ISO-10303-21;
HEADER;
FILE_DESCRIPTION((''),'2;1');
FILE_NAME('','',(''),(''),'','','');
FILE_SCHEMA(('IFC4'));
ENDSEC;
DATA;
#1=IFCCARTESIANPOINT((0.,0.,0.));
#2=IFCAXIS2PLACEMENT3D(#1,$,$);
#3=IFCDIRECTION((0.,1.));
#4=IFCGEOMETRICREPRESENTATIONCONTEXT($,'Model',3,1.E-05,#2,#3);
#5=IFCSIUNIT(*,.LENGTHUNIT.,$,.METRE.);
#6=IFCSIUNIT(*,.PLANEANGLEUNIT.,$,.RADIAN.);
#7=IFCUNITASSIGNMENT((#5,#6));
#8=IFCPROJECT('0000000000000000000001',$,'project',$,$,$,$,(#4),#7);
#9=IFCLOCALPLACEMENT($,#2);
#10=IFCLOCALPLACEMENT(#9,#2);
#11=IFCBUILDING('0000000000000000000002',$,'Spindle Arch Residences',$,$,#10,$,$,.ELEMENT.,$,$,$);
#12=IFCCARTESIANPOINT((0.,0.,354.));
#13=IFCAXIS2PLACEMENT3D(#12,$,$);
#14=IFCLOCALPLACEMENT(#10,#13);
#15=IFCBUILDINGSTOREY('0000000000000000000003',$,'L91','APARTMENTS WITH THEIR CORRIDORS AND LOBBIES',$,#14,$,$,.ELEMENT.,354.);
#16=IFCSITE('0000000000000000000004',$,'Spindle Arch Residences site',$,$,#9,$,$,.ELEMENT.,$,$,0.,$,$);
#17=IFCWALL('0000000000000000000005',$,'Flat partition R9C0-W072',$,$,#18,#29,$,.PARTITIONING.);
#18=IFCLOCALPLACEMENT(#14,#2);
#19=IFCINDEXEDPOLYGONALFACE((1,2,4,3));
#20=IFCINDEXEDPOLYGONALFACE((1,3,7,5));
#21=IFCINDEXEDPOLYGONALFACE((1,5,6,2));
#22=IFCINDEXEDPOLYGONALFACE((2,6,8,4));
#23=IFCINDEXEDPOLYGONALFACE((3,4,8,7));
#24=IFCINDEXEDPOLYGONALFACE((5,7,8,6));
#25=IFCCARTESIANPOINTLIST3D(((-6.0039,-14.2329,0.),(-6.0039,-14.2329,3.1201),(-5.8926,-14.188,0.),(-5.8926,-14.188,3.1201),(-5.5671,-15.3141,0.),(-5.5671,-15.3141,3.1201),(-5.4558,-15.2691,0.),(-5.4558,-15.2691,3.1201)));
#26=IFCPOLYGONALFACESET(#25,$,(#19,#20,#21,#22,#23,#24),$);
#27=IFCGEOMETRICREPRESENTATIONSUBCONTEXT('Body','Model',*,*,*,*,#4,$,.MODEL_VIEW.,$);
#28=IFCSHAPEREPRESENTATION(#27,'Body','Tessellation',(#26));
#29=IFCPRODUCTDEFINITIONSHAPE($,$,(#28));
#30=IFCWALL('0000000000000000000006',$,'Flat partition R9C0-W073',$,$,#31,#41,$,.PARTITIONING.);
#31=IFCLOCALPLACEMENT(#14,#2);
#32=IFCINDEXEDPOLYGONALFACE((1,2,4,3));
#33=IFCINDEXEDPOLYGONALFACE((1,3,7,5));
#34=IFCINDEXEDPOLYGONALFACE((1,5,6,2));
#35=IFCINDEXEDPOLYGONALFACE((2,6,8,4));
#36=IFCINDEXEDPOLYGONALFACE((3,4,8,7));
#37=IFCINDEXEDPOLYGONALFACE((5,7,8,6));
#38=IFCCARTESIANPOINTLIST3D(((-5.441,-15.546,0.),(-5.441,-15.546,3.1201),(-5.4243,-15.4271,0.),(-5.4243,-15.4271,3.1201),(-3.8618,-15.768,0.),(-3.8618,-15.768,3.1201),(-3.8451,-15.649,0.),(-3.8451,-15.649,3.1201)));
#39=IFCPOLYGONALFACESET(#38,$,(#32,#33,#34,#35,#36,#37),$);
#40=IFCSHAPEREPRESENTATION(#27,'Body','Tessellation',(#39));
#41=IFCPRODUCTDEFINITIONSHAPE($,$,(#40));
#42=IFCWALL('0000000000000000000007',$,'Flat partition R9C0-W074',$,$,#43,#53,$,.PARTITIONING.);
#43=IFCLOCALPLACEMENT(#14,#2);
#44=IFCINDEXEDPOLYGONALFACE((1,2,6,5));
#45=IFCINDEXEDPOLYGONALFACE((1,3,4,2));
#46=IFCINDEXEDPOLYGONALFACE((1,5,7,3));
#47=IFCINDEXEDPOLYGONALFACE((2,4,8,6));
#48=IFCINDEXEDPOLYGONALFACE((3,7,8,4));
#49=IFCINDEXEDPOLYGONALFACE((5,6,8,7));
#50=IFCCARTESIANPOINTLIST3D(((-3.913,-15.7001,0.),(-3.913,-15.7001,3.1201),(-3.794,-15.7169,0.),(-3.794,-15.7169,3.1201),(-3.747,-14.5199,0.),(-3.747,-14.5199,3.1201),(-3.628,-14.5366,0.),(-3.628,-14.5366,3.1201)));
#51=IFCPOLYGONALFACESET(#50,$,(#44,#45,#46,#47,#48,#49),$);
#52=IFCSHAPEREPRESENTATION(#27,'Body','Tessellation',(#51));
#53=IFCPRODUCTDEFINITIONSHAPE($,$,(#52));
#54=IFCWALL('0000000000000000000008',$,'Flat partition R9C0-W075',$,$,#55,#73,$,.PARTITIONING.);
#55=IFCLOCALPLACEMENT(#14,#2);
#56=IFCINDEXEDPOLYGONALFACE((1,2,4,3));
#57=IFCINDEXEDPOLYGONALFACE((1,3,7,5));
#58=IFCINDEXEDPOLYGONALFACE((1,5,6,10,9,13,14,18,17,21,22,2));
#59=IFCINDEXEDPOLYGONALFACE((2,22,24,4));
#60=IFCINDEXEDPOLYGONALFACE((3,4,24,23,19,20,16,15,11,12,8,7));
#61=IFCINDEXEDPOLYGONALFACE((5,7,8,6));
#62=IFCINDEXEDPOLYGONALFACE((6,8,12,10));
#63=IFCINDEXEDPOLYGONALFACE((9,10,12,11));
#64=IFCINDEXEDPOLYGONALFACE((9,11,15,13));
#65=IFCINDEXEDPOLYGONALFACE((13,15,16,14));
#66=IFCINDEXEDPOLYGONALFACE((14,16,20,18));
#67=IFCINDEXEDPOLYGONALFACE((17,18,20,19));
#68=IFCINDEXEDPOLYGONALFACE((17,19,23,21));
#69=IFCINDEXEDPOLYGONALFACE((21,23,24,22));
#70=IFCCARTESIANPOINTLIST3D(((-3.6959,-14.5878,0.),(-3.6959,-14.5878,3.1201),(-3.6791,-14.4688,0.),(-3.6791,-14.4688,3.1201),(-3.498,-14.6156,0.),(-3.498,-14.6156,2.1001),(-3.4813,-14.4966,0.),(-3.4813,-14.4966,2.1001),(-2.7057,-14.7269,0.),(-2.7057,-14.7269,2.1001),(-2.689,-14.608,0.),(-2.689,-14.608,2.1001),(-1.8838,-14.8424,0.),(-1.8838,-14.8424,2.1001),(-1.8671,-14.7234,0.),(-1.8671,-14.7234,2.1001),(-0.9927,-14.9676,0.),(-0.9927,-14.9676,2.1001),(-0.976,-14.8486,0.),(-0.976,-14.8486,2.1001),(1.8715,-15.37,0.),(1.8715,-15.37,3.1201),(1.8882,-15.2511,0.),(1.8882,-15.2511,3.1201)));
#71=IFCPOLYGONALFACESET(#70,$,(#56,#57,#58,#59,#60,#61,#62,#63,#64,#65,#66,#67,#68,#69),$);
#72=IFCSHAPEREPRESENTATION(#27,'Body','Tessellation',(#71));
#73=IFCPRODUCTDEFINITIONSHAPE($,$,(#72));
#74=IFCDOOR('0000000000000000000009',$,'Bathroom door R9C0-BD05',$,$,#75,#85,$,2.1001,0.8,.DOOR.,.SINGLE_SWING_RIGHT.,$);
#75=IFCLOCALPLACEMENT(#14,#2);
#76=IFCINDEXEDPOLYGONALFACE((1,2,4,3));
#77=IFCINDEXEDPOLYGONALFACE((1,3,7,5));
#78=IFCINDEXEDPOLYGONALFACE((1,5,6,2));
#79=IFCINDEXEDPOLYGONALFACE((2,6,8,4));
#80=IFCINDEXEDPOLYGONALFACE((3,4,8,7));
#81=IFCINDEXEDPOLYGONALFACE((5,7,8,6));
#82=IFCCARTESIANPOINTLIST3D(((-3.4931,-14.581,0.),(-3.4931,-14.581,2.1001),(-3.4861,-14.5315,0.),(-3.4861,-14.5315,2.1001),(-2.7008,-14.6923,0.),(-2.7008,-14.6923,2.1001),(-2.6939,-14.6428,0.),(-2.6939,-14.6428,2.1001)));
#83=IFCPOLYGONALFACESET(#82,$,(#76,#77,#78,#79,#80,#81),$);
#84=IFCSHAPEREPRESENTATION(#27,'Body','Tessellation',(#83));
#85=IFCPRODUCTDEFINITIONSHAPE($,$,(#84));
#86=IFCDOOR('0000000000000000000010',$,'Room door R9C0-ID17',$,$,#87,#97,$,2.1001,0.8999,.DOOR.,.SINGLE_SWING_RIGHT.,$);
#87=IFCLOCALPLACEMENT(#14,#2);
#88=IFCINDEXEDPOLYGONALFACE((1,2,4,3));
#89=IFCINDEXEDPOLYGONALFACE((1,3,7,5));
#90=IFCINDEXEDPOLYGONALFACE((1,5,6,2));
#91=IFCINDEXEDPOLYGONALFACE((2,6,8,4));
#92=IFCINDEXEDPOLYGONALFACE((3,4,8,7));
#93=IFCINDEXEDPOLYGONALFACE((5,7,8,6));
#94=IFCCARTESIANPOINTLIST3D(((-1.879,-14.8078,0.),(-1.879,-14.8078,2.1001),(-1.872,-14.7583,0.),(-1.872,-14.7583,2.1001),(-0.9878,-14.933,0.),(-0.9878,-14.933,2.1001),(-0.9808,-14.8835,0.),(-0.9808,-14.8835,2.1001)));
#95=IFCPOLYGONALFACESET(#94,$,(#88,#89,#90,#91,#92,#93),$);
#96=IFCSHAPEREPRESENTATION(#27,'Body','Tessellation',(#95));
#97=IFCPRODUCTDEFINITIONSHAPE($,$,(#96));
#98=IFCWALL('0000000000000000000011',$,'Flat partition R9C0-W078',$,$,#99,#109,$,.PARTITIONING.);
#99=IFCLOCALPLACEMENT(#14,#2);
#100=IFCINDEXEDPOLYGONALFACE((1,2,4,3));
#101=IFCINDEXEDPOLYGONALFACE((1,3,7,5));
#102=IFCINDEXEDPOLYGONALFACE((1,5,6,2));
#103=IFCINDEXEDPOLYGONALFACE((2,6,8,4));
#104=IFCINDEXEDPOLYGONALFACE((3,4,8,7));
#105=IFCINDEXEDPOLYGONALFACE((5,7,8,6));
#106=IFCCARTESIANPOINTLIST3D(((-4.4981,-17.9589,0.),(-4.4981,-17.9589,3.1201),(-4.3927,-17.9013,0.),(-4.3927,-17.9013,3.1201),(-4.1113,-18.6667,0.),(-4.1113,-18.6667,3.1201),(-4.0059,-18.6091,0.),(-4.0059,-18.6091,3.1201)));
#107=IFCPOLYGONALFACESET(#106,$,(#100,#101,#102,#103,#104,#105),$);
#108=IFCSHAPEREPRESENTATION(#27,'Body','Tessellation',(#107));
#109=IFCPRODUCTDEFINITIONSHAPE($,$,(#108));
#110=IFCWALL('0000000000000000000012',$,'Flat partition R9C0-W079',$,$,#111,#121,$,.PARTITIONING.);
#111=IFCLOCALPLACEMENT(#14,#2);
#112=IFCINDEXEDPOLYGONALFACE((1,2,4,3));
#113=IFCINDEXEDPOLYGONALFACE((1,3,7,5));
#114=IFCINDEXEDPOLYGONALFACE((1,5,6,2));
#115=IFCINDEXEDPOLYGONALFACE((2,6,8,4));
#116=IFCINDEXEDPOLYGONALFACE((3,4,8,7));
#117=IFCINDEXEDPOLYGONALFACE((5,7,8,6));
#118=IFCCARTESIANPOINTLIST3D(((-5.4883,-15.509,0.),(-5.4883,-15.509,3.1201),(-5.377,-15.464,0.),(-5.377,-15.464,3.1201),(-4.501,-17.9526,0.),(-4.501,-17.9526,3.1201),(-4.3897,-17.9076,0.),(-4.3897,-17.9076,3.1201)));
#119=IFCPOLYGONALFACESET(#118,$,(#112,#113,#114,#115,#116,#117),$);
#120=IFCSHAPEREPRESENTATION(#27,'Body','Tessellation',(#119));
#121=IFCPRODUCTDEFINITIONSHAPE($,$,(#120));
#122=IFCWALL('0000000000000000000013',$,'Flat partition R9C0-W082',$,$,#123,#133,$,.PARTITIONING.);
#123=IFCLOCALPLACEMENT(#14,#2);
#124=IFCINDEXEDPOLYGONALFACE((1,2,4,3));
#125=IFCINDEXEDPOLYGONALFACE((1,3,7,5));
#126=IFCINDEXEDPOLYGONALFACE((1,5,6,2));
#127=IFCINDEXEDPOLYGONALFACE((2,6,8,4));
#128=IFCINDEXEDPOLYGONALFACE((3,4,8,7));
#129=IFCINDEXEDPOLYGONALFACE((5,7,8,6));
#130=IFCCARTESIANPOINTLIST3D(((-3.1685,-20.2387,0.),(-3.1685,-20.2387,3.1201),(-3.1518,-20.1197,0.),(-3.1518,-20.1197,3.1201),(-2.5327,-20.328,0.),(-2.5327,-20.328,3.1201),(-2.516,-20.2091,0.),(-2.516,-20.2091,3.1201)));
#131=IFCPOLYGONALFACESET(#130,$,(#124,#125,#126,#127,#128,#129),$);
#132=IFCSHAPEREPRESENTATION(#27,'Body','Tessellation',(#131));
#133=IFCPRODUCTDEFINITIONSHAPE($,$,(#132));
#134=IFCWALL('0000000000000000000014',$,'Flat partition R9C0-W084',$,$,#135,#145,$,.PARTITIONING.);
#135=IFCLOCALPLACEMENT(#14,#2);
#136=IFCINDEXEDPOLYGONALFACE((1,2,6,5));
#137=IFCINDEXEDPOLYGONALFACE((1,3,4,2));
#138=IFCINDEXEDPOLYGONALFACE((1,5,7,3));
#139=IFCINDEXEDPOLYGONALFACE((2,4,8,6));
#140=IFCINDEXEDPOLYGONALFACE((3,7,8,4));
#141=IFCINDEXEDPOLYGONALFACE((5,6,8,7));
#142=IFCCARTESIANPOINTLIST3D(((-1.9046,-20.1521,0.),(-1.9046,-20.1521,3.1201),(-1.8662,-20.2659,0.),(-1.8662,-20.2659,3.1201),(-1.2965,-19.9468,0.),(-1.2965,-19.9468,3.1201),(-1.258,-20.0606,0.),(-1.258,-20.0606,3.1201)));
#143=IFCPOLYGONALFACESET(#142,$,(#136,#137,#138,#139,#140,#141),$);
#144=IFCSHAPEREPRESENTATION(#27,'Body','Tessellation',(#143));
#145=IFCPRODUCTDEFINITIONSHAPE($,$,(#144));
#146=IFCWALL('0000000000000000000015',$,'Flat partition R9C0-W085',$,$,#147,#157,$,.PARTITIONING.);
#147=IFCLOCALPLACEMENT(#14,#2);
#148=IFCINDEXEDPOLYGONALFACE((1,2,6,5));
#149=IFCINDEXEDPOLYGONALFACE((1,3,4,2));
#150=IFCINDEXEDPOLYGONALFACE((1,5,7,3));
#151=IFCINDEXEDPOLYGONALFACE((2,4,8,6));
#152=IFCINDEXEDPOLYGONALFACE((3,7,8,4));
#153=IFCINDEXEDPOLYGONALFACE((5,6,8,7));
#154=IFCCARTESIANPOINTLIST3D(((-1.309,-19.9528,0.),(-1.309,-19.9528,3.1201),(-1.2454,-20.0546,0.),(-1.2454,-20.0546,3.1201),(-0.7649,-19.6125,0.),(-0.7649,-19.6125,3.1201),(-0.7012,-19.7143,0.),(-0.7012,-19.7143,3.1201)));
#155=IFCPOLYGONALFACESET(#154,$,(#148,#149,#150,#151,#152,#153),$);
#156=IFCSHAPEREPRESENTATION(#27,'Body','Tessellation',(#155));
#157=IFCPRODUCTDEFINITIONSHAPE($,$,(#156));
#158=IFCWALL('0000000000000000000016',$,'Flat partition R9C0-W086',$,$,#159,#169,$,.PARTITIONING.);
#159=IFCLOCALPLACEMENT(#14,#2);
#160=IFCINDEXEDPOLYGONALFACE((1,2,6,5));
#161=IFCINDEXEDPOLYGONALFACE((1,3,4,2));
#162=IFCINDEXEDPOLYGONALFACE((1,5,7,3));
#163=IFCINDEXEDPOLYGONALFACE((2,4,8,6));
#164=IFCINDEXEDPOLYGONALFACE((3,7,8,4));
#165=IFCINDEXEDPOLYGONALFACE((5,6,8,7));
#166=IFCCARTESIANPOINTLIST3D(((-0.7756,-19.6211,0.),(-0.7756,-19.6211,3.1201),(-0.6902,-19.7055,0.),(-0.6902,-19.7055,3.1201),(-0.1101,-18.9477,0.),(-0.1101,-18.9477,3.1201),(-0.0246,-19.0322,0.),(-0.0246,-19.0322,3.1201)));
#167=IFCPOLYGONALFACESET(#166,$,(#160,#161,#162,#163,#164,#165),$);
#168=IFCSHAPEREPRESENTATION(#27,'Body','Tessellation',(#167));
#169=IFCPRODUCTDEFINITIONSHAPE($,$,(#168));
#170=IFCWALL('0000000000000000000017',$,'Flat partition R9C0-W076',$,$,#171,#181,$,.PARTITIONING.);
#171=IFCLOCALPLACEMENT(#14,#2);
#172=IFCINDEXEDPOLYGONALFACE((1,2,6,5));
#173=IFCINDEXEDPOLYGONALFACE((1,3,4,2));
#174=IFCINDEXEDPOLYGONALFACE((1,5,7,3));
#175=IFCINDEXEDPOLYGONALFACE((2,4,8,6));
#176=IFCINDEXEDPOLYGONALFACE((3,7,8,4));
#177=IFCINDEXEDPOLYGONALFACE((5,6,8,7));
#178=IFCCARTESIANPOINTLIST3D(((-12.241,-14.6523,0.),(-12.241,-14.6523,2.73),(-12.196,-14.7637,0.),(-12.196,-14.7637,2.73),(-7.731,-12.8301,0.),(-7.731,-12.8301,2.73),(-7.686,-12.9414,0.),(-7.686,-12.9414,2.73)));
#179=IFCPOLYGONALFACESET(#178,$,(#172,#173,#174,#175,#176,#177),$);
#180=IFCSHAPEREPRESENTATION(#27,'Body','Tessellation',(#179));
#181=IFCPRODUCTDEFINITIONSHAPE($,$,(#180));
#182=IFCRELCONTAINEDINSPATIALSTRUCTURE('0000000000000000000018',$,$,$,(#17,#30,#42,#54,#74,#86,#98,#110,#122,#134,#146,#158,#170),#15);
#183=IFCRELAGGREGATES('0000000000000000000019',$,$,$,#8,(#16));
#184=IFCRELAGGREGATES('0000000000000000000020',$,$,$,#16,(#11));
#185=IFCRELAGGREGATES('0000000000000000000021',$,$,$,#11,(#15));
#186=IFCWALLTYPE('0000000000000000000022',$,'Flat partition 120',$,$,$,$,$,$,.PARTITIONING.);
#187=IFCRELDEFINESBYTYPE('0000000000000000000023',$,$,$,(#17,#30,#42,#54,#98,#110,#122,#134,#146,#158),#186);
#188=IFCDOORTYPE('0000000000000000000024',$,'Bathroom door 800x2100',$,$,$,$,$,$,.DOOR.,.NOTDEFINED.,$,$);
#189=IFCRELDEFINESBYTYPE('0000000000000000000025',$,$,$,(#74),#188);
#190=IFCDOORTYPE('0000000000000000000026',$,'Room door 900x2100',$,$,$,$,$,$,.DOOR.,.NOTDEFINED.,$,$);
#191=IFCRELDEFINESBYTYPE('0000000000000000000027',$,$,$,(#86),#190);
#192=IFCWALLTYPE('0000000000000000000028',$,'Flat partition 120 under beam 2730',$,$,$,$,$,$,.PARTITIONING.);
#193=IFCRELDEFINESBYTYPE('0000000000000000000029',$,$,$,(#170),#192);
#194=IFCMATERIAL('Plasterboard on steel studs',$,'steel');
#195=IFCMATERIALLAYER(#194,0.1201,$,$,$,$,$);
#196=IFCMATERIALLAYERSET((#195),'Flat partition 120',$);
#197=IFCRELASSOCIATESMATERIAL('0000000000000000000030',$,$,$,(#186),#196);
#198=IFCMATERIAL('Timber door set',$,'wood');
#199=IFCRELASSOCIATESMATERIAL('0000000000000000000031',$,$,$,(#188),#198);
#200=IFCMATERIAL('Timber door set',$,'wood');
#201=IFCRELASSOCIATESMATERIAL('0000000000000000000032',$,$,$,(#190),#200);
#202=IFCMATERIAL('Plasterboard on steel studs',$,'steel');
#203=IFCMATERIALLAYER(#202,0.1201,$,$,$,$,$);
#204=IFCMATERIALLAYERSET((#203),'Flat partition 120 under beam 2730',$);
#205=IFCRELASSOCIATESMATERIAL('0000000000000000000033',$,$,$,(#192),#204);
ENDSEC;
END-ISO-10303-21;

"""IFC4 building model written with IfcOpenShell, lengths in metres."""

from ifc_helpers import new_model, si_unit, direction, frame, frame_2d, origin, place, context, subcontext, project, spatial, rectangle, extrude, material, layer, layer_set, type_object, element, fill, save


model = new_model("IFC4")

# Units and contexts
model_context = context("Model", 3, precision=1e-05, world=origin(), true_north=direction((0.0, 1.0)))
body_context = subcontext(model_context, "Body", "Model", "MODEL_VIEW")
ifc_project = project(units=[si_unit("LENGTHUNIT", "METRE"), si_unit("PLANEANGLEUNIT", "RADIAN")], contexts=[model_context])

# Site, building, storey
site_placement = place(None, origin())
site = spatial("IfcSite", under=ifc_project, at=site_placement, Name="Spindle Arch Residences site", CompositionType="ELEMENT", RefElevation=0.0)
building_placement = place(site_placement, origin())
building = spatial("IfcBuilding", under=site, at=building_placement, Name="Spindle Arch Residences", CompositionType="ELEMENT")
storey_placement = place(building_placement, frame((0.0, 0.0, 354.0)))
storey = spatial("IfcBuildingStorey", under=building, at=storey_placement, Name="L91", Description="APARTMENTS WITH THEIR CORRIDORS AND LOBBIES", CompositionType="ELEMENT", Elevation=354.0)

# Walls
ifc_material_1 = material(Name="Plasterboard on steel studs", Category="steel")
ifc_layer_1 = layer(ifc_material_1, 0.1201)
ifc_layer_set_1 = layer_set([ifc_layer_1], Name="Flat partition 120")
wall_type_1 = type_object("IfcWallType", Name="Flat partition 120", PredefinedType="PARTITIONING", material=ifc_layer_set_1)
wall_1_placement = place(storey_placement, frame((-5.9482, -14.2104, 0.0), z_axis=(0.0, 0.0, 1.0), x_axis=(0.374602, -0.927186, 0.0)))
element("IfcWall", 1, at=wall_1_placement, inside=storey, type_object=wall_type_1, Name="Flat partition R9C0-W072", PredefinedType="PARTITIONING", context=body_context, shape_type="SweptSolid", body=[
    extrude(rectangle(XDim=1.166, YDim=0.1201, at=frame_2d((0.583, 0.0))), origin(), (0.0, 0.0, 1.0), 3.1201),
])
wall_2_placement = place(storey_placement, frame((-5.4326, -15.4866, 0.0), z_axis=(0.0, 0.0, 1.0), x_axis=(0.990268, -0.13917, 0.0)))
element("IfcWall", 2, at=wall_2_placement, inside=storey, type_object=wall_type_1, Name="Flat partition R9C0-W073", PredefinedType="PARTITIONING", context=body_context, shape_type="SweptSolid", body=[
    extrude(rectangle(XDim=1.5947, YDim=0.1201, at=frame_2d((0.7974, 0.0))), origin(), (0.0, 0.0, 1.0), 3.1201),
])
wall_3_placement = place(storey_placement, frame((-3.8535, -15.7085, 0.0), z_axis=(0.0, 0.0, 1.0), x_axis=(0.139299, 0.99025, 0.0)))
element("IfcWall", 3, at=wall_3_placement, inside=storey, type_object=wall_type_1, Name="Flat partition R9C0-W074", PredefinedType="PARTITIONING", context=body_context, shape_type="SweptSolid", body=[
    extrude(rectangle(XDim=1.1919, YDim=0.1201, at=frame_2d((0.5959, 0.0))), origin(), (0.0, 0.0, 1.0), 3.1201),
])

# Wall, openings, doors
wall_4_placement = place(storey_placement, frame((-3.6875, -14.5283, 0.0), z_axis=(0.0, 0.0, 1.0), x_axis=(0.990273, -0.139135, 0.0)))
wall_4 = element("IfcWall", 4, at=wall_4_placement, inside=storey, type_object=wall_type_1, Name="Flat partition R9C0-W075", PredefinedType="PARTITIONING", context=body_context, shape_type="SweptSolid", body=[
    extrude(rectangle(XDim=5.6221, YDim=0.1201, at=frame_2d((2.811, 0.0))), origin(), (0.0, 0.0, 1.0), 3.1201),
])
opening_1_placement = place(wall_4_placement, frame((0.2, 0.0, 0.0)))
opening_1 = element("IfcOpeningElement", 5, at=opening_1_placement, cuts=wall_4, PredefinedType="OPENING", context=body_context, shape_type="SweptSolid", body=[
    extrude(rectangle(XDim=0.8, YDim=2.1001, at=frame_2d((0.3999, 1.05))), frame((0.0, 0.0701, 0.0), z_axis=(0.0, -1.0, 0.0), x_axis=(1.0, 0.0, 0.0)), (0.0, 0.0, 1.0), 0.1401),
])
opening_2_placement = place(wall_4_placement, frame((1.8298, 0.0, 0.0)))
opening_2 = element("IfcOpeningElement", 6, at=opening_2_placement, cuts=wall_4, PredefinedType="OPENING", context=body_context, shape_type="SweptSolid", body=[
    extrude(rectangle(XDim=0.8999, YDim=2.1001, at=frame_2d((0.45, 1.05))), frame((0.0, 0.0701, 0.0), z_axis=(0.0, -1.0, 0.0), x_axis=(1.0, 0.0, 0.0)), (0.0, 0.0, 1.0), 0.1401),
])
ifc_material_2 = material(Name="Timber door set", Category="wood")
door_type_1 = type_object("IfcDoorType", Name="Bathroom door 800x2100", OperationType="NOTDEFINED", PredefinedType="DOOR", material=ifc_material_2)
door_1_placement = place(opening_1_placement, origin())
door_1 = element("IfcDoor", 7, at=door_1_placement, inside=storey, type_object=door_type_1, Name="Bathroom door R9C0-BD05", OperationType="SINGLE_SWING_RIGHT", OverallHeight=2.1001, OverallWidth=0.8, PredefinedType="DOOR", context=body_context, shape_type="SweptSolid", body=[
    extrude(rectangle(XDim=0.8, YDim=2.1001, at=frame_2d((0.3999, 1.05))), frame((0.0, 0.0249, 0.0), z_axis=(0.0, -1.0, 0.0), x_axis=(1.0, 0.0, 0.0)), (0.0, 0.0, 1.0), 0.05),
])
fill(opening_1, door_1)
ifc_material_3 = material(Name="Timber door set", Category="wood")
door_type_2 = type_object("IfcDoorType", Name="Room door 900x2100", OperationType="NOTDEFINED", PredefinedType="DOOR", material=ifc_material_3)
door_2_placement = place(opening_2_placement, origin())
door_2 = element("IfcDoor", 8, at=door_2_placement, inside=storey, type_object=door_type_2, Name="Room door R9C0-ID17", OperationType="SINGLE_SWING_RIGHT", OverallHeight=2.1001, OverallWidth=0.8999, PredefinedType="DOOR", context=body_context, shape_type="SweptSolid", body=[
    extrude(rectangle(XDim=0.8999, YDim=2.1001, at=frame_2d((0.45, 1.05))), frame((0.0, 0.0249, 0.0), z_axis=(0.0, -1.0, 0.0), x_axis=(1.0, 0.0, 0.0)), (0.0, 0.0, 1.0), 0.05),
])
fill(opening_2, door_2)

# Walls
wall_5_placement = place(storey_placement, frame((-4.0586, -18.6379, 0.0), z_axis=(0.0, 0.0, 1.0), x_axis=(-0.479488, 0.877548, 0.0)))
element("IfcWall", 9, at=wall_5_placement, inside=storey, type_object=wall_type_1, Name="Flat partition R9C0-W078", PredefinedType="PARTITIONING", context=body_context, shape_type="SweptSolid", body=[
    extrude(rectangle(XDim=0.8066, YDim=0.1201, at=frame_2d((0.4033, 0.0))), origin(), (0.0, 0.0, 1.0), 3.1201),
])
wall_6_placement = place(storey_placement, frame((-4.4453, -17.9302, 0.0), z_axis=(0.0, 0.0, 1.0), x_axis=(-0.374615, 0.927181, 0.0)))
element("IfcWall", 10, at=wall_6_placement, inside=storey, type_object=wall_type_1, Name="Flat partition R9C0-W079", PredefinedType="PARTITIONING", context=body_context, shape_type="SweptSolid", body=[
    extrude(rectangle(XDim=2.6355, YDim=0.1201, at=frame_2d((1.3179, 0.0))), origin(), (0.0, 0.0, 1.0), 3.1201),
])
wall_7_placement = place(storey_placement, frame((-3.1602, -20.1792, 0.0), z_axis=(0.0, 0.0, 1.0), x_axis=(0.990266, -0.139185, 0.0)))
element("IfcWall", 11, at=wall_7_placement, inside=storey, type_object=wall_type_1, Name="Flat partition R9C0-W082", PredefinedType="PARTITIONING", context=body_context, shape_type="SweptSolid", body=[
    extrude(rectangle(XDim=0.6421, YDim=0.1201, at=frame_2d((0.321, 0.0))), origin(), (0.0, 0.0, 1.0), 3.1201),
])
for number, where, z_axis, x_axis, name in (
    (12, (-1.8853, -20.209, 0.0), (0.0, 0.0, 1.0), (0.947459, 0.319877, 0.0), "Flat partition R9C0-W084"),
    (13, (-1.2771, -20.0037, 0.0), (0.0, 0.0, 1.0), (0.847849, 0.530238, 0.0), "Flat partition R9C0-W085"),
):
    element("IfcWall", number, at=place(storey_placement, frame(where, z_axis=z_axis, x_axis=x_axis)), inside=storey, type_object=wall_type_1, Name=name, PredefinedType="PARTITIONING", context=body_context, shape_type="SweptSolid", body=[
        extrude(rectangle(XDim=0.6418, YDim=0.1201, at=frame_2d((0.3208, 0.0))), origin(), (0.0, 0.0, 1.0), 3.1201),
    ])
wall_8_placement = place(storey_placement, frame((-0.7329, -19.6633, 0.0), z_axis=(0.0, 0.0, 1.0), x_axis=(0.702969, 0.711221, 0.0)))
element("IfcWall", 14, at=wall_8_placement, inside=storey, type_object=wall_type_1, Name="Flat partition R9C0-W086", PredefinedType="PARTITIONING", context=body_context, shape_type="SweptSolid", body=[
    extrude(rectangle(XDim=0.9468, YDim=0.1201, at=frame_2d((0.4734, 0.0))), origin(), (0.0, 0.0, 1.0), 3.1201),
])
ifc_material_4 = material(Name="Plasterboard on steel studs", Category="steel")
ifc_layer_2 = layer(ifc_material_4, 0.1201)
ifc_layer_set_2 = layer_set([ifc_layer_2], Name="Flat partition 120 under beam 2730")
wall_type_2 = type_object("IfcWallType", Name="Flat partition 120 under beam 2730", PredefinedType="PARTITIONING", material=ifc_layer_set_2)
wall_9_placement = place(storey_placement, frame((-12.2185, -14.708, 0.0), z_axis=(0.0, 0.0, 1.0), x_axis=(0.927176, 0.374625, 0.0)))
element("IfcWall", 15, at=wall_9_placement, inside=storey, type_object=wall_type_2, Name="Flat partition R9C0-W076", PredefinedType="PARTITIONING", context=body_context, shape_type="SweptSolid", body=[
    extrude(rectangle(XDim=4.8643, YDim=0.1201, at=frame_2d((2.4321, 0.0))), origin(), (0.0, 0.0, 1.0), 2.73),
])

save(model, "model.ifc")
